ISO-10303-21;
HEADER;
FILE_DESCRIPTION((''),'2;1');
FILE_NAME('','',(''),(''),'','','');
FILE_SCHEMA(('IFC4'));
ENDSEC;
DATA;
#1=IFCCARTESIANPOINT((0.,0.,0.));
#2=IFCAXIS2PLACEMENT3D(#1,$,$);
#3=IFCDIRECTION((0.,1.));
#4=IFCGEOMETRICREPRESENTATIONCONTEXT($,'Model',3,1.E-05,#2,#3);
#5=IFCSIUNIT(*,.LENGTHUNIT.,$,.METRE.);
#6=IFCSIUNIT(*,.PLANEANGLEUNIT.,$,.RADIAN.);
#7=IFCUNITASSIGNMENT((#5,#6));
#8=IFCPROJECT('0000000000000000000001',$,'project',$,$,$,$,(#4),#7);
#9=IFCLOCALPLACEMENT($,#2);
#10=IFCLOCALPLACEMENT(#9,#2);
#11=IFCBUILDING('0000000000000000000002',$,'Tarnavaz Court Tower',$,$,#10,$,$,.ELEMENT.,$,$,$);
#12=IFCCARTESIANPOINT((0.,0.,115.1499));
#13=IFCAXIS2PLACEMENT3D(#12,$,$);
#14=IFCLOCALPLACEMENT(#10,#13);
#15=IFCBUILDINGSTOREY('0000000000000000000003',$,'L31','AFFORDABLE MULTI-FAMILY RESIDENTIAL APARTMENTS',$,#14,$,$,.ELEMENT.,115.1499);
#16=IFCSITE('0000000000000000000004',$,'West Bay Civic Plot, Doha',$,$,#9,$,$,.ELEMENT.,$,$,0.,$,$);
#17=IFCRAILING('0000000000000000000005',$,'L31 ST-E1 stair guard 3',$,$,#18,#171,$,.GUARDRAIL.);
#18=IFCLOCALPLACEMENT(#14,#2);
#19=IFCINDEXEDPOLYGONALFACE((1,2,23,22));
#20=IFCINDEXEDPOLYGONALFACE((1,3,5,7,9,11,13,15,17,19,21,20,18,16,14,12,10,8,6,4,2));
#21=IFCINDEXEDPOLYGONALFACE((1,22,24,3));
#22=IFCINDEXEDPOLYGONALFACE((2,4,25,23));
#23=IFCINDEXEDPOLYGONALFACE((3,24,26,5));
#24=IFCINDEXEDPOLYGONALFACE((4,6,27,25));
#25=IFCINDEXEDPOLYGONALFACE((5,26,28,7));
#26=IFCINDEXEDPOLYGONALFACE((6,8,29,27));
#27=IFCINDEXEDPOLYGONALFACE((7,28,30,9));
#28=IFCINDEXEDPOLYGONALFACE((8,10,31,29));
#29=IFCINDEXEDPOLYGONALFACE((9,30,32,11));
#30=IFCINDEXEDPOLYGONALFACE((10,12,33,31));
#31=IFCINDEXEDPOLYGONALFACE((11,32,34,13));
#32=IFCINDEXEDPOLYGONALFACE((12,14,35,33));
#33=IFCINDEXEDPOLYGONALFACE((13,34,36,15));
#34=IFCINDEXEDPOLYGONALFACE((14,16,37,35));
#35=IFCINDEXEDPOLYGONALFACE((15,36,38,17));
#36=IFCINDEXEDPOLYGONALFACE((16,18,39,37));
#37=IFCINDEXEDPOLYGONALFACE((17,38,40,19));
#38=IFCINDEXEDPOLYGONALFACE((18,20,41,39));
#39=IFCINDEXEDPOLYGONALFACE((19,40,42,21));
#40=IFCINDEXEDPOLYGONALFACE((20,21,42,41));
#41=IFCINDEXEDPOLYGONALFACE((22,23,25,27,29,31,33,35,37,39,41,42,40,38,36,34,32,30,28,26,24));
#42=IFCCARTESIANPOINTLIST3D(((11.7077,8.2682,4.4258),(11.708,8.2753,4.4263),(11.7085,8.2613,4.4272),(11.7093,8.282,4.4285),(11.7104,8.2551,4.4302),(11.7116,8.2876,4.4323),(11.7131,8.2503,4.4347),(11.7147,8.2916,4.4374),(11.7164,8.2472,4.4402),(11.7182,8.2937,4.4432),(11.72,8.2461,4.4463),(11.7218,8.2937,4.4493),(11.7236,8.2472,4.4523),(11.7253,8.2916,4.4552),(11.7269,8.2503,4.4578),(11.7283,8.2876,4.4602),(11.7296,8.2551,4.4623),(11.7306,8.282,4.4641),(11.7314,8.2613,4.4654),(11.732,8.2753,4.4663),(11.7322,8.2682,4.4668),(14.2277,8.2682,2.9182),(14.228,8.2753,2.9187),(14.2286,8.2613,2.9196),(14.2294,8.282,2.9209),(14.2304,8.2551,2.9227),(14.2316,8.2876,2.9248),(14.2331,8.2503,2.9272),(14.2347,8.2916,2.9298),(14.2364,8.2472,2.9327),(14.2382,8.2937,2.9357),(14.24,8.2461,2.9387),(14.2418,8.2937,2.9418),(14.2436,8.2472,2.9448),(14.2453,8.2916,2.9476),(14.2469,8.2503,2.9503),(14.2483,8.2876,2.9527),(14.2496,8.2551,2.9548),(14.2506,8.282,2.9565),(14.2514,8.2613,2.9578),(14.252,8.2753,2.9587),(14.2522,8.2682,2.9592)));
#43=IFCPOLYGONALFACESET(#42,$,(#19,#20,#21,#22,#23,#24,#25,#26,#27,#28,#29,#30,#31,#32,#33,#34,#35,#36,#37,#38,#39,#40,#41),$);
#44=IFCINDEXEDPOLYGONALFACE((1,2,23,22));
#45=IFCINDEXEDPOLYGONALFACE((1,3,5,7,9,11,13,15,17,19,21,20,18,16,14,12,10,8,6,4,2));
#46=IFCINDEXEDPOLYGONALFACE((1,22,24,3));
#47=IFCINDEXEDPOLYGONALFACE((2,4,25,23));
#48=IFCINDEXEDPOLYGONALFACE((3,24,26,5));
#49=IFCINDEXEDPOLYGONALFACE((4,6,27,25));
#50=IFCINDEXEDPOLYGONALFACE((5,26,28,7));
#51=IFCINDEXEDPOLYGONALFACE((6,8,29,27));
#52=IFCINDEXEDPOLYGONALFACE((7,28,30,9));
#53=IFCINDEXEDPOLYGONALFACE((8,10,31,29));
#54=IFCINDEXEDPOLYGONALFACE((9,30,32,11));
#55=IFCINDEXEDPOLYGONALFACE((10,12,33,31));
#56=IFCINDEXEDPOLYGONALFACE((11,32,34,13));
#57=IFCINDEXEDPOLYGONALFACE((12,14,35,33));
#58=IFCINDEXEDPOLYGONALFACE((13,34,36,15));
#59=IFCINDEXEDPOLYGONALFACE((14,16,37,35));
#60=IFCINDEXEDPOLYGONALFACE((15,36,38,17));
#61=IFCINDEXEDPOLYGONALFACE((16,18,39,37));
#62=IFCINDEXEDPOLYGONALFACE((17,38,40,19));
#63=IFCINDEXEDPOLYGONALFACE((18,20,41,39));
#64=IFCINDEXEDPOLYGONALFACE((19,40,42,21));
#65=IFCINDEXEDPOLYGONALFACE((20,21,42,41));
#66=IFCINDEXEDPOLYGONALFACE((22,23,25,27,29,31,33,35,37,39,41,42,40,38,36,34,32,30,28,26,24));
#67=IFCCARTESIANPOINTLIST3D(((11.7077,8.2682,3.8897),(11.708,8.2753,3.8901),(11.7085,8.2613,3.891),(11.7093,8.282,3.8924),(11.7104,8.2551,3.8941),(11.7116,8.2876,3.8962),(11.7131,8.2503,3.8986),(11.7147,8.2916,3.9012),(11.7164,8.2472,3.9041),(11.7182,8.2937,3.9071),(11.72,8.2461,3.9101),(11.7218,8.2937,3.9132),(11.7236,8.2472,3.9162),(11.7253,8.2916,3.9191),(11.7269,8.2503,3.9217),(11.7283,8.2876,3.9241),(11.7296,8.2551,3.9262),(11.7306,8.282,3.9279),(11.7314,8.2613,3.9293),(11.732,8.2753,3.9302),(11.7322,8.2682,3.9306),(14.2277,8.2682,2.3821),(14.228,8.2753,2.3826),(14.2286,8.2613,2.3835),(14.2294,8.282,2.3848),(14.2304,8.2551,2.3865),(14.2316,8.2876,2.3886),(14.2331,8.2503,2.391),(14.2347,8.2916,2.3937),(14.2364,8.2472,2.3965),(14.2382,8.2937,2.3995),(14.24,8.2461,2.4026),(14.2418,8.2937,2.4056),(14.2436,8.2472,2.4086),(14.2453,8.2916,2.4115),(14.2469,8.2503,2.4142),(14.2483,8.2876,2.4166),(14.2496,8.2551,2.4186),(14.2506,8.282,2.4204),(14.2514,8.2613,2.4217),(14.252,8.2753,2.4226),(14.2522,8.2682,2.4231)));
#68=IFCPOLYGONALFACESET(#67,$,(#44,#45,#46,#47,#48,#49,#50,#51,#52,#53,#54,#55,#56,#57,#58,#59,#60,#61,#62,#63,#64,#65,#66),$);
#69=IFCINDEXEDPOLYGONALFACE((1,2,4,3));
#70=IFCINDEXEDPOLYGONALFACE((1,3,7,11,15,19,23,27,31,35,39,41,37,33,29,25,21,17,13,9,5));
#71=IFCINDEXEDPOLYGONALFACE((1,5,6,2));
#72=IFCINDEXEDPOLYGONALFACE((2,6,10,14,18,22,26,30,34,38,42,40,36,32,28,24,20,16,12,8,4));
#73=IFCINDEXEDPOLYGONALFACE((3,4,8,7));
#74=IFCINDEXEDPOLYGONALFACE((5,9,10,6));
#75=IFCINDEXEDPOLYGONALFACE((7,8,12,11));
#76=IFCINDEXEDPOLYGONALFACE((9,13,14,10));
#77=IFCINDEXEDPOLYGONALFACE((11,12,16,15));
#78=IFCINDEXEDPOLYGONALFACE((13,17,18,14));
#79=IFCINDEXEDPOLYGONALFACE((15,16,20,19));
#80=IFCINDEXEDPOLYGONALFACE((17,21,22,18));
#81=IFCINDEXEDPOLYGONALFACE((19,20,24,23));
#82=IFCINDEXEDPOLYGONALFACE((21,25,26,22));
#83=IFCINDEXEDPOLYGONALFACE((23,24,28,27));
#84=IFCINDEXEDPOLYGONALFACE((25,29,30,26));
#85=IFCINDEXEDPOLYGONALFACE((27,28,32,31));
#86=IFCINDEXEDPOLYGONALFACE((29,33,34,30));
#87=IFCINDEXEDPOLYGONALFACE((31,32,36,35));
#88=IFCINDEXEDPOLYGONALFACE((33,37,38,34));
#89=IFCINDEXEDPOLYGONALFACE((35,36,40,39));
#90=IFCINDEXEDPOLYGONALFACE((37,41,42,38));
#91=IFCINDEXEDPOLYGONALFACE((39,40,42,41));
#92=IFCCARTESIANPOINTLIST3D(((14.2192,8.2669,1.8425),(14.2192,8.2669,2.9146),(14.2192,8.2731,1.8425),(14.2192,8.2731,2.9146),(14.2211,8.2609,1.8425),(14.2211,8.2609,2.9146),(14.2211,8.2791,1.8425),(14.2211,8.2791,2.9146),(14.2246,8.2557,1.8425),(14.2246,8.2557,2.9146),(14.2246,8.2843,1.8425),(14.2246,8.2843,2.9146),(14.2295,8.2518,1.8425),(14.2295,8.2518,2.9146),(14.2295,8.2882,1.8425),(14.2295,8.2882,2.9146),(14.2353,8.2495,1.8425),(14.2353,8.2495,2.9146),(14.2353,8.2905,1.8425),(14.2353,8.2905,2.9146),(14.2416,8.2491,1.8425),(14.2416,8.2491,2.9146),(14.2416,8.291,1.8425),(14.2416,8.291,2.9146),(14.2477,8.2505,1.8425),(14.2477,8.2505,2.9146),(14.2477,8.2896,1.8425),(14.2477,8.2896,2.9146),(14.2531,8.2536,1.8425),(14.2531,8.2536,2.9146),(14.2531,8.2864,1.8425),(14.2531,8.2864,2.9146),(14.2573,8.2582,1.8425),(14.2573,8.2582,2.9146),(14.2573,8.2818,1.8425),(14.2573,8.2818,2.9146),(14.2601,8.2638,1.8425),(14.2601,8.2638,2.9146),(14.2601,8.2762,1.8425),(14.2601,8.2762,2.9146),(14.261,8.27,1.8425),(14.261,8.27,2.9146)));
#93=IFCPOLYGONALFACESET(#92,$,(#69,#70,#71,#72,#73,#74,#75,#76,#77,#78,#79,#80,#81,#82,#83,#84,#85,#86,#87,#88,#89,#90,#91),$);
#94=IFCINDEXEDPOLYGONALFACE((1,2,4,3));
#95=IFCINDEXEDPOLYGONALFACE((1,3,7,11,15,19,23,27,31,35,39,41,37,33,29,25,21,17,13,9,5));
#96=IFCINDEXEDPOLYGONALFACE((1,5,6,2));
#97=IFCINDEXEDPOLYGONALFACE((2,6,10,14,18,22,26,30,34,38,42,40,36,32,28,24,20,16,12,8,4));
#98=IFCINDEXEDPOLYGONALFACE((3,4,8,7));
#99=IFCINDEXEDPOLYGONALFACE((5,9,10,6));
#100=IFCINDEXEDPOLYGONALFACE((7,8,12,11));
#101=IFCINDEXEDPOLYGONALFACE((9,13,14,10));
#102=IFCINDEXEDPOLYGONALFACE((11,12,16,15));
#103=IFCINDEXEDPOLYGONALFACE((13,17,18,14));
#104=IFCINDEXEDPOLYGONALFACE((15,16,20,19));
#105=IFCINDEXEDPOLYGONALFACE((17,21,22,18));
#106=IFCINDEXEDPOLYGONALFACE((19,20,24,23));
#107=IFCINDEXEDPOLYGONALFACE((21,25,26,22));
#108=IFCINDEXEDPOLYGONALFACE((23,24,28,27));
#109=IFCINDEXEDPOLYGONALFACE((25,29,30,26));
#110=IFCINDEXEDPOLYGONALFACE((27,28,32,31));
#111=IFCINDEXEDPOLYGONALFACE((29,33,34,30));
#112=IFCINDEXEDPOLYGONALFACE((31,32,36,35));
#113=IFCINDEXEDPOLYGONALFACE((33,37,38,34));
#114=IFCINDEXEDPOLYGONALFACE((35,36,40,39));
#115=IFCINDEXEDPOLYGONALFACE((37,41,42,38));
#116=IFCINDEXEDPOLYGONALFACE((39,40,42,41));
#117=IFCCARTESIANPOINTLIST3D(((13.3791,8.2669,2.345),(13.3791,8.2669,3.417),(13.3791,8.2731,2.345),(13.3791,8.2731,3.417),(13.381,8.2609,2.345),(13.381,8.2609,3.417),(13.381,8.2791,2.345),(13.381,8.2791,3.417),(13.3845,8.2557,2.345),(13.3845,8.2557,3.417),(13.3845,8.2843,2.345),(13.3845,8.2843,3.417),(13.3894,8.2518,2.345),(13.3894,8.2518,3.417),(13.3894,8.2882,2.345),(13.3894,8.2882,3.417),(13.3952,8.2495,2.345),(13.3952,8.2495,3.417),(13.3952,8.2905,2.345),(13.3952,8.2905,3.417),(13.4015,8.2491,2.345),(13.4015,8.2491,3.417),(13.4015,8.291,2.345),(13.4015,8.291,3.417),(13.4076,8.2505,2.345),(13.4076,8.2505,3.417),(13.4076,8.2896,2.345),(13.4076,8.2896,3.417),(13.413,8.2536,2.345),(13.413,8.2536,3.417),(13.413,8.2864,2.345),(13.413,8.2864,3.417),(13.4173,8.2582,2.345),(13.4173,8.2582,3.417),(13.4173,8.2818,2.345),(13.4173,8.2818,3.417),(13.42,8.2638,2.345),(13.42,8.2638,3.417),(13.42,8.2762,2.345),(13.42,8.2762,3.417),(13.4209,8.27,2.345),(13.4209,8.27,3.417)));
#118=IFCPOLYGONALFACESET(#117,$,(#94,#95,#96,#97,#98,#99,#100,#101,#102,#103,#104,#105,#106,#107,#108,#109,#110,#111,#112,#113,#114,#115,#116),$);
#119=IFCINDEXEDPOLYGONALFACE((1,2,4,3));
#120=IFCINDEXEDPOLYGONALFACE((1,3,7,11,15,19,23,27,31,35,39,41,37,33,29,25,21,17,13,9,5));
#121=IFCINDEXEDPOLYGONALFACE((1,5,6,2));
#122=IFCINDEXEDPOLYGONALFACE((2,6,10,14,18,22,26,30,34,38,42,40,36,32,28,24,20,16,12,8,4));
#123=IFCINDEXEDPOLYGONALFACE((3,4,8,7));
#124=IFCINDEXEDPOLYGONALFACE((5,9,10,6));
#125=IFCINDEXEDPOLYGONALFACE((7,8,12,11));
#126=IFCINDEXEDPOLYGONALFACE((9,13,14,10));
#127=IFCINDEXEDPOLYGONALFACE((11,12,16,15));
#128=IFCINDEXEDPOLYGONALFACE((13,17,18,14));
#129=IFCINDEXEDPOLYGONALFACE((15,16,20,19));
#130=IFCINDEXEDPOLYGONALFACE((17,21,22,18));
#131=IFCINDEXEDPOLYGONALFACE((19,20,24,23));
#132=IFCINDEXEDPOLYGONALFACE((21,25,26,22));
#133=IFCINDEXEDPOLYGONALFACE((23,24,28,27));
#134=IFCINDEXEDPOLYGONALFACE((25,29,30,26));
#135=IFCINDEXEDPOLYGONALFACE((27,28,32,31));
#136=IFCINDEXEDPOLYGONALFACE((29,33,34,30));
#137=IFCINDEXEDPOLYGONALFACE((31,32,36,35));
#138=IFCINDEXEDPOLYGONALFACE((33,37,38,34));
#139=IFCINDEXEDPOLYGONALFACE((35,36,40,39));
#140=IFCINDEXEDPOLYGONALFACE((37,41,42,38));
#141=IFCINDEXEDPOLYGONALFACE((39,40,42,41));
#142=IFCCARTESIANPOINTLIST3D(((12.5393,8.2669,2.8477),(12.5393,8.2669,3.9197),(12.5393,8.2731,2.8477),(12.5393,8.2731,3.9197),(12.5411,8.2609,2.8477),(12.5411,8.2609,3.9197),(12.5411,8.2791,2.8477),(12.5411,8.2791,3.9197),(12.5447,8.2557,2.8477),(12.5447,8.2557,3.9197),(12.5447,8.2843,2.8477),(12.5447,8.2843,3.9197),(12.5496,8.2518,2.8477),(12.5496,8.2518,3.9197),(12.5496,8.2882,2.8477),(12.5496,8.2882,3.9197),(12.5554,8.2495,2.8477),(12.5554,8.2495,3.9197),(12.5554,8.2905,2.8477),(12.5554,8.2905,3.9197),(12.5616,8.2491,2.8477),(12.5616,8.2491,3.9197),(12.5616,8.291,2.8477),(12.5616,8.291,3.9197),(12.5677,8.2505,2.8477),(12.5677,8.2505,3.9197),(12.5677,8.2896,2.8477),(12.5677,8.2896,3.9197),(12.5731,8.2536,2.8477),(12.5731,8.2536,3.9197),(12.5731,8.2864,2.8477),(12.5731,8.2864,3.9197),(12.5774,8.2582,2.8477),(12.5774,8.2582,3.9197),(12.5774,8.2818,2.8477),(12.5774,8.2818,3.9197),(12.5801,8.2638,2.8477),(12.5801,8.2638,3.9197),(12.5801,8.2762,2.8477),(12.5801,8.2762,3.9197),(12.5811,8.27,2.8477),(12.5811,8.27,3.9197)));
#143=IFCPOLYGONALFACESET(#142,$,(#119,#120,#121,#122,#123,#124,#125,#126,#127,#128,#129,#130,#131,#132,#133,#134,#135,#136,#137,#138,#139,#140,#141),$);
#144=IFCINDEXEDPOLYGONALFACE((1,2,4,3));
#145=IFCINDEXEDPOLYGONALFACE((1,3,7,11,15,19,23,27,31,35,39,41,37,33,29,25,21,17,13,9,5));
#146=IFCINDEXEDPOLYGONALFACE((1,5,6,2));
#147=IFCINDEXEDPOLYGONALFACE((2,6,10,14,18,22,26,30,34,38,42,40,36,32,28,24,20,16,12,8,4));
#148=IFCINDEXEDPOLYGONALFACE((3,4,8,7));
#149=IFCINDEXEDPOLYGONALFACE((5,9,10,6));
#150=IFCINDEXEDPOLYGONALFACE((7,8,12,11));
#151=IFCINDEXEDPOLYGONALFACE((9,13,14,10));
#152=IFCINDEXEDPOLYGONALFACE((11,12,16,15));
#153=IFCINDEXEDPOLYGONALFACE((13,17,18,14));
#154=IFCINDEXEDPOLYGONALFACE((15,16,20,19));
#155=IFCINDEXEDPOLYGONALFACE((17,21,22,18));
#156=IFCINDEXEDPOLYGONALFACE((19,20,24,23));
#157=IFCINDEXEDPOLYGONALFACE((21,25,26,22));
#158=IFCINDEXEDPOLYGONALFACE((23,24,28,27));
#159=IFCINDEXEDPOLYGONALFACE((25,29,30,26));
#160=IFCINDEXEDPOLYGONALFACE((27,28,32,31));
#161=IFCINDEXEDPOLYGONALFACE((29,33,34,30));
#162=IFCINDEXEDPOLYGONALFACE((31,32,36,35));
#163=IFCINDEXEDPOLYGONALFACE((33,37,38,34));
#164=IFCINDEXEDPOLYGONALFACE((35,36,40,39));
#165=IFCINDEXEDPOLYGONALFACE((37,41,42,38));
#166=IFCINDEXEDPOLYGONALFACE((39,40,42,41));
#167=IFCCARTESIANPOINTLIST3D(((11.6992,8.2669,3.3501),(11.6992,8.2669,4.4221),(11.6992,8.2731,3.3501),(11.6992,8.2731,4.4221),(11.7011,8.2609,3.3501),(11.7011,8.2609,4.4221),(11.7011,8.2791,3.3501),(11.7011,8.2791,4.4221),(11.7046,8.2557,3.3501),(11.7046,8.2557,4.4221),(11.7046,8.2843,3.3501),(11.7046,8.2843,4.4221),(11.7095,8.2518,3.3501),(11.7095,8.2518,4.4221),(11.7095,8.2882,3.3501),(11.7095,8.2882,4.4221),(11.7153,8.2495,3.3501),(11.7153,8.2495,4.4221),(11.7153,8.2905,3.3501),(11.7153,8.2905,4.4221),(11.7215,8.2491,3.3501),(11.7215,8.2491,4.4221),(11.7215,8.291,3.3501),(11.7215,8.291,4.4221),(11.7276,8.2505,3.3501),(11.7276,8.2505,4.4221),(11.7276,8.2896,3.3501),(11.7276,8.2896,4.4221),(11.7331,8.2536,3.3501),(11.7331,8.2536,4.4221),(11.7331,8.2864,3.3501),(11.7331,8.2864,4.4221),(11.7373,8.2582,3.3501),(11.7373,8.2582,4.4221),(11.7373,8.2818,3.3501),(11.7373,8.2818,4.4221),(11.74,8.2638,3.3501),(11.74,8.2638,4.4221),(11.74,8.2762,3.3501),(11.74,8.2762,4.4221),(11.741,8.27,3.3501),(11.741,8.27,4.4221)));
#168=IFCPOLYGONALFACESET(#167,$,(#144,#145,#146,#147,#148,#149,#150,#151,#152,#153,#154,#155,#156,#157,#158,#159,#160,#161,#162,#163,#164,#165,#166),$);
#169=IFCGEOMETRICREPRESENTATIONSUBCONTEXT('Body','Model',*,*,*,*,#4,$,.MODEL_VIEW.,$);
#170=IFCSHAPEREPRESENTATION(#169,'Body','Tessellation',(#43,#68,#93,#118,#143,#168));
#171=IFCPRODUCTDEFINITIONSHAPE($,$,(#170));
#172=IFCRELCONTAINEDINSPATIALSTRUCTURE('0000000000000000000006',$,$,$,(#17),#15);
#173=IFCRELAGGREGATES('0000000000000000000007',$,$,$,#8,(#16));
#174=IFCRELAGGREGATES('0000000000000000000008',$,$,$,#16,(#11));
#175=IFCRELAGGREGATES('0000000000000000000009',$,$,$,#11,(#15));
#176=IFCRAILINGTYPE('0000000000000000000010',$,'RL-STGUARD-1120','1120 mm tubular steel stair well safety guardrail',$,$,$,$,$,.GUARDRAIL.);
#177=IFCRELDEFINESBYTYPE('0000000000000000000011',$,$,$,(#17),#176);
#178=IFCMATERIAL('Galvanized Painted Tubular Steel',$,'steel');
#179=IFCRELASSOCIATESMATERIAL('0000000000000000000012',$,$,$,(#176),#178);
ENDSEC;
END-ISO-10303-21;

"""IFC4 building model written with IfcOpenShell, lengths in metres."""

from ifc_helpers import new_model, si_unit, direction, frame, origin, origin_2d, place, context, subcontext, project, spatial, circle, extrude, material, type_object, element, save


model = new_model("IFC4")

# Units and contexts
model_context = context("Model", 3, precision=1e-05, world=origin(), true_north=direction((0.0, 1.0)))
body_context = subcontext(model_context, "Body", "Model", "MODEL_VIEW")
ifc_project = project(units=[si_unit("LENGTHUNIT", "METRE"), si_unit("PLANEANGLEUNIT", "RADIAN")], contexts=[model_context])

# Site, building, storey
site_placement = place(None, origin())
site = spatial("IfcSite", under=ifc_project, at=site_placement, Name="West Bay Civic Plot, Doha", CompositionType="ELEMENT", RefElevation=0.0)
building_placement = place(site_placement, origin())
building = spatial("IfcBuilding", under=site, at=building_placement, Name="Tarnavaz Court Tower", CompositionType="ELEMENT")
storey_placement = place(building_placement, frame((0.0, 0.0, 115.1499)))
storey = spatial("IfcBuildingStorey", under=building, at=storey_placement, Name="L31", Description="AFFORDABLE MULTI-FAMILY RESIDENTIAL APARTMENTS", CompositionType="ELEMENT", Elevation=115.1499)

# Railing
ifc_material_1 = material(Name="Galvanized Painted Tubular Steel", Category="steel")
railing_type_1 = type_object("IfcRailingType", Name="RL-STGUARD-1120", Description="1120 mm tubular steel stair well safety guardrail", PredefinedType="GUARDRAIL", material=ifc_material_1)
railing_1_placement = place(storey_placement, frame((14.24, 8.27, 1.8425)))
element("IfcRailing", 1, at=railing_1_placement, inside=storey, type_object=railing_type_1, Name="L31 ST-E1 stair guard 3", PredefinedType="GUARDRAIL", context=body_context, shape_type="SweptSolid", body=[
    extrude(circle(Radius=0.0239, at=origin_2d()), frame((0.0, 0.0, 1.0962), z_axis=(-0.85816, 0.0, 0.513383), x_axis=(0.0, -1.0, 0.0)), (0.0, 0.0, 1.0), 2.9365),
    extrude(circle(Radius=0.0239, at=origin_2d()), frame((0.0, 0.0, 0.5601), z_axis=(-0.85816, 0.0, 0.513383), x_axis=(0.0, -1.0, 0.0)), (0.0, 0.0, 1.0), 2.9365),
    extrude(circle(Radius=0.021, at=origin_2d()), origin(), (0.0, 0.0, 1.0), 1.072),
    extrude(circle(Radius=0.021, at=origin_2d()), frame((-0.8401, 0.0, 0.5024)), (0.0, 0.0, 1.0), 1.072),
    extrude(circle(Radius=0.021, at=origin_2d()), frame((-1.6799, 0.0, 1.0051)), (0.0, 0.0, 1.0), 1.072),
    extrude(circle(Radius=0.021, at=origin_2d()), frame((-2.52, 0.0, 1.5076)), (0.0, 0.0, 1.0), 1.072),
])

save(model, "model.ifc")
